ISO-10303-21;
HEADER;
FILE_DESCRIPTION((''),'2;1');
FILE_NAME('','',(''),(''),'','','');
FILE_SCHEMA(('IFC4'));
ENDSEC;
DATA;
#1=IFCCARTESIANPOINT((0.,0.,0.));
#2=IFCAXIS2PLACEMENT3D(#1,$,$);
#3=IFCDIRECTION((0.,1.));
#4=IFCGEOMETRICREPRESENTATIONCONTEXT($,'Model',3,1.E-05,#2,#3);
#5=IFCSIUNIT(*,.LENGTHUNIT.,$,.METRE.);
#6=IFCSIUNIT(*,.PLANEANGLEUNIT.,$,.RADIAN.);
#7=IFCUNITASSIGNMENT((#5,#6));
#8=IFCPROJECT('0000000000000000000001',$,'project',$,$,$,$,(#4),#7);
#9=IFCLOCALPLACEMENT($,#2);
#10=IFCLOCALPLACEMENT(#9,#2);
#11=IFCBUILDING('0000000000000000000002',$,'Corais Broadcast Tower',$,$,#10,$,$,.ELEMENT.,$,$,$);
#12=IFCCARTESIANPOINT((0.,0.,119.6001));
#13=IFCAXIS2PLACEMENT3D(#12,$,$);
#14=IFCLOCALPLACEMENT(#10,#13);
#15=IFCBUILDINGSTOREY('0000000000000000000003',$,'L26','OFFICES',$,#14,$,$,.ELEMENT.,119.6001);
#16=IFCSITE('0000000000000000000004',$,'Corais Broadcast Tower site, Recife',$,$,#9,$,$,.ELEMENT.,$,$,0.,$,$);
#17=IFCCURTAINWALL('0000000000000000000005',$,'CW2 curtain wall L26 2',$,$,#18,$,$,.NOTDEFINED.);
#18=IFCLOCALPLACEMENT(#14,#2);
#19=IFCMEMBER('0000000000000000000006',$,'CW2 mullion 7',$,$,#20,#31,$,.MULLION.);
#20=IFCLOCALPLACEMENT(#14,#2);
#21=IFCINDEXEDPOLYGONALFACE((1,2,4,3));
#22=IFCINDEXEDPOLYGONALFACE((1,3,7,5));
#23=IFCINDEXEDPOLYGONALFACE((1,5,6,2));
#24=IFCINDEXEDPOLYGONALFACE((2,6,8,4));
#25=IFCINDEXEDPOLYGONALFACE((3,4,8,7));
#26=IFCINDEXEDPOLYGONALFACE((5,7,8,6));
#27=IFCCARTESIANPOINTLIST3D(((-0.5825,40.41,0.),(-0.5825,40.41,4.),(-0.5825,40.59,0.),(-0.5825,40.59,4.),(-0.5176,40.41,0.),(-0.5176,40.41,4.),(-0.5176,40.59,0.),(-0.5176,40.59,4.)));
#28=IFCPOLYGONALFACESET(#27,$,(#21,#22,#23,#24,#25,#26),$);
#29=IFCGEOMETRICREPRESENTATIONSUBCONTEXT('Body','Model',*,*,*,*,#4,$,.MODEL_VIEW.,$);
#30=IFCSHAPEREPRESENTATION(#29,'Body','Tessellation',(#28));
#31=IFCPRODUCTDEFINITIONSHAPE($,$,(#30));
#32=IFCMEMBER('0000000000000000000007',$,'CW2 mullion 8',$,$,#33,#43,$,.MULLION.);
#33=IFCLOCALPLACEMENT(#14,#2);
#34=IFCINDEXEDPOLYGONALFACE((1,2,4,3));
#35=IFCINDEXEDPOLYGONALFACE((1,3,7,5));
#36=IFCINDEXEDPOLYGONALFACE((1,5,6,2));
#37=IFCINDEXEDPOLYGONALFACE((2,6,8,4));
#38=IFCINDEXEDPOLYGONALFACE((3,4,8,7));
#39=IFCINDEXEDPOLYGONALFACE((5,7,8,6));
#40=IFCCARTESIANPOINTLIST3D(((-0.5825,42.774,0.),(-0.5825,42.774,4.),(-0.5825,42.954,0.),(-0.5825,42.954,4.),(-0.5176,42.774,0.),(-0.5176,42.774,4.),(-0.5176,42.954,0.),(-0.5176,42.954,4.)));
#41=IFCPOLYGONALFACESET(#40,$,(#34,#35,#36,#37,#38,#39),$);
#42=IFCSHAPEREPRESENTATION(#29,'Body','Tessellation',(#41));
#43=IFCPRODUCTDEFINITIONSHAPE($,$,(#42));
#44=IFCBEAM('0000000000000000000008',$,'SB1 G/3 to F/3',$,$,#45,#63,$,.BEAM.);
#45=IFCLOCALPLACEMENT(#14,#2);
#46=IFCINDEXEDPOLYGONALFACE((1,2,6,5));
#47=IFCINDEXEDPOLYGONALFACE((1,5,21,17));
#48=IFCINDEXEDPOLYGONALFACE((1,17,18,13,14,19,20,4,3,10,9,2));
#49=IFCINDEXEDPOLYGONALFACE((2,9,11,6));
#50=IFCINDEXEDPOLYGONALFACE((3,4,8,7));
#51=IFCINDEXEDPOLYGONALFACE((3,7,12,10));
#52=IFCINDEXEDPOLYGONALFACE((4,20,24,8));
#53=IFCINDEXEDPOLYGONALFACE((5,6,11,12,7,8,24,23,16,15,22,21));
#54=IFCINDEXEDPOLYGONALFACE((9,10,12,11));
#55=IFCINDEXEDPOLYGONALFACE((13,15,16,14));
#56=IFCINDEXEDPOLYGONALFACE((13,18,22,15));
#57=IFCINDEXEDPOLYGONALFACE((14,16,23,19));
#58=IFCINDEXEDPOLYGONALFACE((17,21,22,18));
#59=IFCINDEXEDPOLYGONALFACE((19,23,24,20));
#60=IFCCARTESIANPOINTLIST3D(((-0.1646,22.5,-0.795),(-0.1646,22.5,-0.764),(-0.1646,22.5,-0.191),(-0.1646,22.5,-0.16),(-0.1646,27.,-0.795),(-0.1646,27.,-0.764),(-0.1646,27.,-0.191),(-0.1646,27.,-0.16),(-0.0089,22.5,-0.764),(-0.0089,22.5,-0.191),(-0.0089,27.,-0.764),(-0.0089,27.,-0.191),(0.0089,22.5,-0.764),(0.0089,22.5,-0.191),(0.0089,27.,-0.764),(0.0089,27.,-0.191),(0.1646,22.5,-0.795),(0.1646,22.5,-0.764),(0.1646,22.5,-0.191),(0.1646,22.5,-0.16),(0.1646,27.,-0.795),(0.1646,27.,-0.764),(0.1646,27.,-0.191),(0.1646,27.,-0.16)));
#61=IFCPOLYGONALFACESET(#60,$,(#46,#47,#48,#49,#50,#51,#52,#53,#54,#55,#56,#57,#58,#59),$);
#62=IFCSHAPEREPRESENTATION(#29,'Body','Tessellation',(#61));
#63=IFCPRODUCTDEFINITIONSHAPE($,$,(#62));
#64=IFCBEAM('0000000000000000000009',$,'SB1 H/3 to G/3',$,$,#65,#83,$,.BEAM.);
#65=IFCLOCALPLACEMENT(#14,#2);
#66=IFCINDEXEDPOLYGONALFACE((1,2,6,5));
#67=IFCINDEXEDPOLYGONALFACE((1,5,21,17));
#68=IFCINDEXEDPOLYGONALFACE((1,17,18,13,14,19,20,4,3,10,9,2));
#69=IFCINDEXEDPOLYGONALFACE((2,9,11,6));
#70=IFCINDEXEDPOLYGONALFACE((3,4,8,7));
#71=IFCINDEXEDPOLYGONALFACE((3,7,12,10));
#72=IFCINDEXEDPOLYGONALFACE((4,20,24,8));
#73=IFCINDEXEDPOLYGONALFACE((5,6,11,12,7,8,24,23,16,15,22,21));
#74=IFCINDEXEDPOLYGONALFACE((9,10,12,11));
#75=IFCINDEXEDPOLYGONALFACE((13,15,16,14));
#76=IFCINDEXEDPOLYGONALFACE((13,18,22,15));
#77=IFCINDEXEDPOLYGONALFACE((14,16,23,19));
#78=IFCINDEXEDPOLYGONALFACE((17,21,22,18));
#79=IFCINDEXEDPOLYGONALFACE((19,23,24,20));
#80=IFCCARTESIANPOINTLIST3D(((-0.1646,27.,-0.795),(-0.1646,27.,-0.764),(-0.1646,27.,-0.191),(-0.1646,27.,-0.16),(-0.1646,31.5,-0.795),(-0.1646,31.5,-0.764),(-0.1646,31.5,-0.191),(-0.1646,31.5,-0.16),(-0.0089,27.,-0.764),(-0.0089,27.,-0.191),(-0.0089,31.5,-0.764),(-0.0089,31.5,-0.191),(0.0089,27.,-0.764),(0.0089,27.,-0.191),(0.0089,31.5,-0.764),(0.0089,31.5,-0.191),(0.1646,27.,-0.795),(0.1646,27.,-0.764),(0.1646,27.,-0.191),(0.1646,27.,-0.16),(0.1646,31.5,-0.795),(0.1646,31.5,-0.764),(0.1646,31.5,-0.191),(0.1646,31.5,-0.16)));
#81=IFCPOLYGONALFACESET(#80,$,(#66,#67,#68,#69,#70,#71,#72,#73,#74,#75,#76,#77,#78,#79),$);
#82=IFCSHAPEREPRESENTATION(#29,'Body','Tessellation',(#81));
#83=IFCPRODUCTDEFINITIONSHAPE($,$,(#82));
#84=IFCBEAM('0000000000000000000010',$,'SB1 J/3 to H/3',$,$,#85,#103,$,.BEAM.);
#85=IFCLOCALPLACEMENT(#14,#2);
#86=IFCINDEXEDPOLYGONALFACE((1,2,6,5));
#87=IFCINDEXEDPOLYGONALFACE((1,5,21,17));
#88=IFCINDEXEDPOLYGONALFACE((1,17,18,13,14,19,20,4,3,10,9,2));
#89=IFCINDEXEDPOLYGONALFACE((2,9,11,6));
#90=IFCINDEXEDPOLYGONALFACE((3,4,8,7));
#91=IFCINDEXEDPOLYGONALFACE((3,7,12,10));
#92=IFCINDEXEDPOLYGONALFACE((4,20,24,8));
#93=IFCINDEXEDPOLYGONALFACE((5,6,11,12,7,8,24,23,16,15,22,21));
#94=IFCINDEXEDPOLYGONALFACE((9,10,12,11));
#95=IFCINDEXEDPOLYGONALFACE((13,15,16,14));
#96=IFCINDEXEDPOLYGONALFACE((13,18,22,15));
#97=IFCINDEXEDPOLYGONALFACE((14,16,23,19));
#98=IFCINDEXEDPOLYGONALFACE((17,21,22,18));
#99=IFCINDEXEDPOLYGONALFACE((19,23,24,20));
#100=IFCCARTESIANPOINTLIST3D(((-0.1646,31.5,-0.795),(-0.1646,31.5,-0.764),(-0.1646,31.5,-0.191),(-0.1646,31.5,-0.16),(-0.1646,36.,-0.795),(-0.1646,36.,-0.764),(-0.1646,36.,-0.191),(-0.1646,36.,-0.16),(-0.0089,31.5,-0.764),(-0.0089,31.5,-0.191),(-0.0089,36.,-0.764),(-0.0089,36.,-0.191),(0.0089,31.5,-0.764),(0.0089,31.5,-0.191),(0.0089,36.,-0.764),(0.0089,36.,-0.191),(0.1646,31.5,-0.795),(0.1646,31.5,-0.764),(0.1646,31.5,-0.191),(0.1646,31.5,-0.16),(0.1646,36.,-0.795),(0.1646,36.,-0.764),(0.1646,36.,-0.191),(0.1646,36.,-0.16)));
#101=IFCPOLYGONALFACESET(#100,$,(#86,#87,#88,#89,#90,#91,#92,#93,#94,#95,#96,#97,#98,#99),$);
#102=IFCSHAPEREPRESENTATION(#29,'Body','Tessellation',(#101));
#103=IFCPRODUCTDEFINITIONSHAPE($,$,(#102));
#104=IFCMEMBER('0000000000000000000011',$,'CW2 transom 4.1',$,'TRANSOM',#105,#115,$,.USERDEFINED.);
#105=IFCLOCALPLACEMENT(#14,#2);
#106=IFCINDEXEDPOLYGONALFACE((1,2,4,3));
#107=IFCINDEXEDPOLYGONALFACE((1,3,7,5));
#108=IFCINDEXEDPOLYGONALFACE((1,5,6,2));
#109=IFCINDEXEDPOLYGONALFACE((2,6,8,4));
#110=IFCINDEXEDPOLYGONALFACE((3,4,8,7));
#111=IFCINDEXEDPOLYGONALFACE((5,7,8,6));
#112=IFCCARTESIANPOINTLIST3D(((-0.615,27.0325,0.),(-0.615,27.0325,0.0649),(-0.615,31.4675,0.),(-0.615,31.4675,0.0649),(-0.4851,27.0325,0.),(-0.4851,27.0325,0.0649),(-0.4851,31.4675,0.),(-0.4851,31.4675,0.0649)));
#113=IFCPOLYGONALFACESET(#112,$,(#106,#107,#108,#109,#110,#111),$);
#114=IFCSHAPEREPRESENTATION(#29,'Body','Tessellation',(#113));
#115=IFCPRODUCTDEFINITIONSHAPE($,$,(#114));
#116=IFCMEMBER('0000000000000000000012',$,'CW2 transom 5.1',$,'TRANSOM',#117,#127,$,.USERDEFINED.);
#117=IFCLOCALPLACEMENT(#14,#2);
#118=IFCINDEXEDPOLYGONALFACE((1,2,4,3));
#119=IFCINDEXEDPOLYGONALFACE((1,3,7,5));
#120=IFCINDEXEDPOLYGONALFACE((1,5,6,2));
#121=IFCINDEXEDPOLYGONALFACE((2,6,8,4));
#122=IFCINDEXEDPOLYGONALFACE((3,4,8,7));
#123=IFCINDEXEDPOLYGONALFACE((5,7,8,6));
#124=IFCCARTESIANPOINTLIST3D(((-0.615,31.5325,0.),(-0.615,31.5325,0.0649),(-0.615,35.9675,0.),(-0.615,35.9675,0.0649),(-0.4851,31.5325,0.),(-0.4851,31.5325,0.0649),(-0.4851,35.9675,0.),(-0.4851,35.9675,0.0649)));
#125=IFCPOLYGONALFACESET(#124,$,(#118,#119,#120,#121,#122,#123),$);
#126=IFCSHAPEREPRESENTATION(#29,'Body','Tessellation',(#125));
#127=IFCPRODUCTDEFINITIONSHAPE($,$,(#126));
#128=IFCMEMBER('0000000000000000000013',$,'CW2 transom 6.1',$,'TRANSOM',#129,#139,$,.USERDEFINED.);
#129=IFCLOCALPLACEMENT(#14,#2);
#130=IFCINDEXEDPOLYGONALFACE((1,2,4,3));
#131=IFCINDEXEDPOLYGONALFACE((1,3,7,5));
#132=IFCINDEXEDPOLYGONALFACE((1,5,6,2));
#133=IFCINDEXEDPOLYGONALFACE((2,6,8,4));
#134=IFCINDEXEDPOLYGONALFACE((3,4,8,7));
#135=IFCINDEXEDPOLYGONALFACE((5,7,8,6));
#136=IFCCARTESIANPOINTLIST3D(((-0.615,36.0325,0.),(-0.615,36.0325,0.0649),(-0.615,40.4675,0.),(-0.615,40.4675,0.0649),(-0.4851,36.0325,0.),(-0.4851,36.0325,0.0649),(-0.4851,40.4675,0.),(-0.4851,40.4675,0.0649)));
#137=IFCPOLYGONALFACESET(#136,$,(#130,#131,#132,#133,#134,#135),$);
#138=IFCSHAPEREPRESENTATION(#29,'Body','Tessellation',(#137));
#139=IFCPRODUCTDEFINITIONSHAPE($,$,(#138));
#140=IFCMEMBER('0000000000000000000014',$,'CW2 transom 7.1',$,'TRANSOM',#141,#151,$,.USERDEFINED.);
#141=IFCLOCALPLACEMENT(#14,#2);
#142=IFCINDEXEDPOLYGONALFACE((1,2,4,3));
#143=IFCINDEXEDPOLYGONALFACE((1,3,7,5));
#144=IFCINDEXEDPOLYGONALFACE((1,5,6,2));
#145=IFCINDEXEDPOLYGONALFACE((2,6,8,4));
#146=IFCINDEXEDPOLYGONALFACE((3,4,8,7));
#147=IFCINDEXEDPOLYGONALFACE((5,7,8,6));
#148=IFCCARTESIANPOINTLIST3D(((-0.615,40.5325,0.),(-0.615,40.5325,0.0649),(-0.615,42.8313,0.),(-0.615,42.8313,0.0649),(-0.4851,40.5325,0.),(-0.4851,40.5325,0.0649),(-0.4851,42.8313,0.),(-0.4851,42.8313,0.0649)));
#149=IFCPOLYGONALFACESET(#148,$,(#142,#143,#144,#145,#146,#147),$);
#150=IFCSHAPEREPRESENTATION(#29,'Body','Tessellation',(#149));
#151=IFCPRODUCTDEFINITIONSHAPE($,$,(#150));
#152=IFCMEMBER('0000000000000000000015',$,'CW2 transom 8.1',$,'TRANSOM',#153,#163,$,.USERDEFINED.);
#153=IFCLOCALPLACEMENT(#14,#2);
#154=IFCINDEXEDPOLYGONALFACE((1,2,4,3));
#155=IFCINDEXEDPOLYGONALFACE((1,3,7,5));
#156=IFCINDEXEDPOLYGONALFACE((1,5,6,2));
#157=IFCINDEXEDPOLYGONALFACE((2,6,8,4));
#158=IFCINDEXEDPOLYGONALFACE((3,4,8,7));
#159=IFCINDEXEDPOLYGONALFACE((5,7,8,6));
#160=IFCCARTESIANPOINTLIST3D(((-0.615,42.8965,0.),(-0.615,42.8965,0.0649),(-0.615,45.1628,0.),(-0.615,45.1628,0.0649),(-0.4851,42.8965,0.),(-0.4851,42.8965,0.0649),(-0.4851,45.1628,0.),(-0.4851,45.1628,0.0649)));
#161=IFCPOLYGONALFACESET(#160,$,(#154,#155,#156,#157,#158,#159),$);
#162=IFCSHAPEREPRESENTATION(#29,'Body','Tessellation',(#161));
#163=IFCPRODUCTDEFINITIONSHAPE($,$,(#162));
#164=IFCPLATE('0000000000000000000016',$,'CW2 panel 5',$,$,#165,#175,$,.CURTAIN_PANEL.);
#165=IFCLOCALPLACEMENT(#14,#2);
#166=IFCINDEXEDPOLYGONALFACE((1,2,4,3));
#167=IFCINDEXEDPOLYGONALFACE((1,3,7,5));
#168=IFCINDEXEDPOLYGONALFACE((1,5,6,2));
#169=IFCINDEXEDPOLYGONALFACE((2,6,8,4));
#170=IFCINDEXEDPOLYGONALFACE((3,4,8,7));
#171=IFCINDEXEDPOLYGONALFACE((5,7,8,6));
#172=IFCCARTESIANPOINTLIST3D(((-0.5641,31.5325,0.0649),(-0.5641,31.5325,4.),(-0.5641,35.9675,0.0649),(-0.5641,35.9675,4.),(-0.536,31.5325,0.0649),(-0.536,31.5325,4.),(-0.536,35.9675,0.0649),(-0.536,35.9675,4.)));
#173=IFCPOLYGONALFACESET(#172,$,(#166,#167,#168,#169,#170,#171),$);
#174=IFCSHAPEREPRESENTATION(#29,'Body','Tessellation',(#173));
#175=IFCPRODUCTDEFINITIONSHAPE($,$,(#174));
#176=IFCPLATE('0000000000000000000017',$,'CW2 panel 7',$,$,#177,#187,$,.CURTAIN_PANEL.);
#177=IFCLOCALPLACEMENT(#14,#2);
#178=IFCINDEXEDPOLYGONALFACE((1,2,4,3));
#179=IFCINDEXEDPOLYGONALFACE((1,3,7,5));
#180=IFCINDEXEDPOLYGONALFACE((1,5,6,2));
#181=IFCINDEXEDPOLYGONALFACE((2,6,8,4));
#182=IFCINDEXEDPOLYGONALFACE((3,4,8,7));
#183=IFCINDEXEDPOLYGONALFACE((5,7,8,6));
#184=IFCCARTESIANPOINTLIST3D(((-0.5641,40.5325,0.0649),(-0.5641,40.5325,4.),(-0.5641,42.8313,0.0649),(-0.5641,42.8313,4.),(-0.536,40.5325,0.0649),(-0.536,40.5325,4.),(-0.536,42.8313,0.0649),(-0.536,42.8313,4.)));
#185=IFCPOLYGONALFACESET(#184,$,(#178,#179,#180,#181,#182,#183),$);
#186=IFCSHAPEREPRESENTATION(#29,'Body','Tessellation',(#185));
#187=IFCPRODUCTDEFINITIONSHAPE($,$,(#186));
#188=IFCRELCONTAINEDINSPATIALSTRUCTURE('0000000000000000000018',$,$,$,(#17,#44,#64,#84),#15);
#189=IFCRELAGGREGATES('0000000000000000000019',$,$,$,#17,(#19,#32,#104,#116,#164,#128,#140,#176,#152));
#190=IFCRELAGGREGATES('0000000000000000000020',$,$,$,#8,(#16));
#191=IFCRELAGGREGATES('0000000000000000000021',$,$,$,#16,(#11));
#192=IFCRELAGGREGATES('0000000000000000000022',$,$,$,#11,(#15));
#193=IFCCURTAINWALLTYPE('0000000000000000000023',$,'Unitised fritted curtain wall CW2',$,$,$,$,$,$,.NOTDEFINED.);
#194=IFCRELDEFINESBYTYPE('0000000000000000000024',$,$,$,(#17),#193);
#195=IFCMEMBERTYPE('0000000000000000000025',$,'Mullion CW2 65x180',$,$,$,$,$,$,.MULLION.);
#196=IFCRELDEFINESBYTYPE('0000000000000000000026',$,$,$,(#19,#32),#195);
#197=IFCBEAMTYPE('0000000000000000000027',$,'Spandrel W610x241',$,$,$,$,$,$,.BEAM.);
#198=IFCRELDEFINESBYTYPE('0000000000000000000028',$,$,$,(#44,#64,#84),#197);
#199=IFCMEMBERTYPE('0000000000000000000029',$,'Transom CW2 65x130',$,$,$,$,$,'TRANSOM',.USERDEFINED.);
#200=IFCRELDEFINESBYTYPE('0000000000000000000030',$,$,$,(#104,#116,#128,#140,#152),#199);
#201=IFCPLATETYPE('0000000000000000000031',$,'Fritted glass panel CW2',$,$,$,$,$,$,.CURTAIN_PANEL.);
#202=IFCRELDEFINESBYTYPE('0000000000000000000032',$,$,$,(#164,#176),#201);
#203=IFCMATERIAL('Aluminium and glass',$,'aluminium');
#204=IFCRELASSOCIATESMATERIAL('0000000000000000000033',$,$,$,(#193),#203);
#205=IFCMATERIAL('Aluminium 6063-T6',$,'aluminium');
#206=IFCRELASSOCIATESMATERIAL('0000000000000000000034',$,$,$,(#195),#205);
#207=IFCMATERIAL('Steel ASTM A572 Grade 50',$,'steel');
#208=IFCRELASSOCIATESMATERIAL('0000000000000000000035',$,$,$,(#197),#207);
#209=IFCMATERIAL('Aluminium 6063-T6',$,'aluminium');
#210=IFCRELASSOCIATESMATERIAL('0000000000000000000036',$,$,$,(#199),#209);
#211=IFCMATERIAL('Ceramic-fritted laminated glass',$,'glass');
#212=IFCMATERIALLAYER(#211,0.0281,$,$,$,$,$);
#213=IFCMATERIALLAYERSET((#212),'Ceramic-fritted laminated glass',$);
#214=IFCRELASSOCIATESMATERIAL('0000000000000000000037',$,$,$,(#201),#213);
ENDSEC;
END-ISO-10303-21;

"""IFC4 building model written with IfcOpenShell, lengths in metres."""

from ifc_helpers import new_model, si_unit, direction, frame, origin, origin_2d, place, context, subcontext, project, spatial, rectangle, i_section, extrude, material, layer, layer_set, material_profile, profile_set, type_object, element, aggregate, save


model = new_model("IFC4")

# Units and contexts
model_context = context("Model", 3, precision=1e-05, world=origin(), true_north=direction((0.0, 1.0)))
body_context = subcontext(model_context, "Body", "Model", "MODEL_VIEW")
ifc_project = project(units=[si_unit("LENGTHUNIT", "METRE"), si_unit("PLANEANGLEUNIT", "RADIAN")], contexts=[model_context])

# Site, building, storey
site_placement = place(None, origin())
site = spatial("IfcSite", under=ifc_project, at=site_placement, Name="Corais Broadcast Tower site, Recife", CompositionType="ELEMENT", RefElevation=0.0)
building_placement = place(site_placement, origin())
building = spatial("IfcBuilding", under=site, at=building_placement, Name="Corais Broadcast Tower", CompositionType="ELEMENT")
storey_placement = place(building_placement, frame((0.0, 0.0, 119.6001)))
storey = spatial("IfcBuildingStorey", under=building, at=storey_placement, Name="L26", Description="OFFICES", CompositionType="ELEMENT", Elevation=119.6001)

# Curtain wall, members
ifc_material_1 = material(Name="Aluminium and glass", Category="aluminium")
curtain_wall_type = type_object("IfcCurtainWallType", Name="Unitised fritted curtain wall CW2", PredefinedType="NOTDEFINED", material=ifc_material_1)
curtain_wall_placement = place(storey_placement, origin())
curtain_wall = element("IfcCurtainWall", 1, at=curtain_wall_placement, inside=storey, type_object=curtain_wall_type, Name="CW2 curtain wall L26 2", PredefinedType="NOTDEFINED")
ifc_material_2 = material(Name="Aluminium 6063-T6", Category="aluminium")
ifc_material_profile_1 = material_profile(ifc_material_2, rectangle(XDim=0.0649, YDim=0.1799, at=origin_2d()), Name="Mullion CW2 65x180")
ifc_profile_set_1 = profile_set([ifc_material_profile_1], Name="Aluminium 6063-T6")
member_type_1 = type_object("IfcMemberType", Name="Mullion CW2 65x180", PredefinedType="MULLION", material=ifc_profile_set_1)
member_1_placement = place(storey_placement, frame((-0.55, 40.5, 0.0), z_axis=(0.0, 0.0, 1.0), x_axis=(-1.0, 0.0, 0.0)))
member_1 = element("IfcMember", 2, at=member_1_placement, type_object=member_type_1, Name="CW2 mullion 7", PredefinedType="MULLION", context=body_context, shape_type="SweptSolid", body=[
    extrude(rectangle(XDim=0.0649, YDim=0.1799, at=origin_2d()), origin(), (0.0, 0.0, 1.0), 4.0),
])
member_2_placement = place(storey_placement, frame((-0.55, 42.864, 0.0), z_axis=(0.0, 0.0, 1.0), x_axis=(-1.0, 0.0, 0.0)))
member_2 = element("IfcMember", 3, at=member_2_placement, type_object=member_type_1, Name="CW2 mullion 8", PredefinedType="MULLION", context=body_context, shape_type="SweptSolid", body=[
    extrude(rectangle(XDim=0.0649, YDim=0.1799, at=origin_2d()), origin(), (0.0, 0.0, 1.0), 4.0),
])

# Beams
ifc_material_3 = material(Name="Steel ASTM A572 Grade 50", Category="steel")
ifc_material_profile_2 = material_profile(ifc_material_3, i_section(OverallWidth=0.3291, OverallDepth=0.635, WebThickness=0.0178, FlangeThickness=0.031, at=origin_2d()), Name="W610x241")
ifc_profile_set_2 = profile_set([ifc_material_profile_2], Name="Steel ASTM A572 Grade 50")
beam_type_1 = type_object("IfcBeamType", Name="Spandrel W610x241", PredefinedType="BEAM", material=ifc_profile_set_2)
for number, where, z_axis, x_axis, name in (
    (4, (0.0, 27.0, -0.4775), (0.0, -1.0, 0.0), (1.0, 0.0, 0.0), "SB1 G/3 to F/3"),
    (5, (0.0, 31.5, -0.4775), (0.0, -1.0, 0.0), (1.0, 0.0, 0.0), "SB1 H/3 to G/3"),
    (6, (0.0, 36.0, -0.4775), (0.0, -1.0, 0.0), (1.0, 0.0, 0.0), "SB1 J/3 to H/3"),
):
    element("IfcBeam", number, at=place(storey_placement, frame(where, z_axis=z_axis, x_axis=x_axis)), inside=storey, type_object=beam_type_1, Name=name, PredefinedType="BEAM", context=body_context, shape_type="SweptSolid", body=[
        extrude(i_section(OverallWidth=0.3291, OverallDepth=0.635, WebThickness=0.0178, FlangeThickness=0.031, at=origin_2d()), origin(), (0.0, 0.0, 1.0), 4.5),
    ])

# Members
ifc_material_4 = material(Name="Aluminium 6063-T6", Category="aluminium")
ifc_material_profile_3 = material_profile(ifc_material_4, rectangle(XDim=0.1299, YDim=0.0649, at=origin_2d()), Name="Transom CW2 65x130")
ifc_profile_set_3 = profile_set([ifc_material_profile_3], Name="Aluminium 6063-T6")
member_type_2 = type_object("IfcMemberType", Name="Transom CW2 65x130", ElementType="TRANSOM", PredefinedType="USERDEFINED", material=ifc_profile_set_3)
member_3_placement = place(storey_placement, frame((-0.55, 27.0325, 0.0325), z_axis=(0.0, 1.0, 0.0), x_axis=(-1.0, 0.0, 0.0)))
member_3 = element("IfcMember", 7, at=member_3_placement, type_object=member_type_2, Name="CW2 transom 4.1", ObjectType="TRANSOM", PredefinedType="USERDEFINED", context=body_context, shape_type="SweptSolid", body=[
    extrude(rectangle(XDim=0.1299, YDim=0.0649, at=origin_2d()), origin(), (0.0, 0.0, 1.0), 4.4351),
])
member_4_placement = place(storey_placement, frame((-0.55, 31.5325, 0.0325), z_axis=(0.0, 1.0, 0.0), x_axis=(-1.0, 0.0, 0.0)))
member_4 = element("IfcMember", 8, at=member_4_placement, type_object=member_type_2, Name="CW2 transom 5.1", ObjectType="TRANSOM", PredefinedType="USERDEFINED", context=body_context, shape_type="SweptSolid", body=[
    extrude(rectangle(XDim=0.1299, YDim=0.0649, at=origin_2d()), origin(), (0.0, 0.0, 1.0), 4.4351),
])
member_5_placement = place(storey_placement, frame((-0.55, 36.0325, 0.0325), z_axis=(0.0, 1.0, 0.0), x_axis=(-1.0, 0.0, 0.0)))
member_5 = element("IfcMember", 9, at=member_5_placement, type_object=member_type_2, Name="CW2 transom 6.1", ObjectType="TRANSOM", PredefinedType="USERDEFINED", context=body_context, shape_type="SweptSolid", body=[
    extrude(rectangle(XDim=0.1299, YDim=0.0649, at=origin_2d()), origin(), (0.0, 0.0, 1.0), 4.4351),
])
member_6_placement = place(storey_placement, frame((-0.55, 40.5325, 0.0325), z_axis=(0.0, 1.0, 0.0), x_axis=(-1.0, 0.0, 0.0)))
member_6 = element("IfcMember", 10, at=member_6_placement, type_object=member_type_2, Name="CW2 transom 7.1", ObjectType="TRANSOM", PredefinedType="USERDEFINED", context=body_context, shape_type="SweptSolid", body=[
    extrude(rectangle(XDim=0.1299, YDim=0.0649, at=origin_2d()), origin(), (0.0, 0.0, 1.0), 2.2988),
])
member_7_placement = place(storey_placement, frame((-0.55, 42.8965, 0.0325), z_axis=(0.0, 1.0, 0.0), x_axis=(-1.0, 0.0, 0.0)))
member_7 = element("IfcMember", 11, at=member_7_placement, type_object=member_type_2, Name="CW2 transom 8.1", ObjectType="TRANSOM", PredefinedType="USERDEFINED", context=body_context, shape_type="SweptSolid", body=[
    extrude(rectangle(XDim=0.1299, YDim=0.0649, at=origin_2d()), origin(), (0.0, 0.0, 1.0), 2.2664),
])

# Plates
ifc_material_5 = material(Name="Ceramic-fritted laminated glass", Category="glass")
ifc_layer_1 = layer(ifc_material_5, 0.0281)
ifc_layer_set_1 = layer_set([ifc_layer_1], Name="Ceramic-fritted laminated glass")
plate_type_1 = type_object("IfcPlateType", Name="Fritted glass panel CW2", PredefinedType="CURTAIN_PANEL", material=ifc_layer_set_1)
plate_1_placement = place(storey_placement, frame((-0.55, 33.75, 0.0649), z_axis=(0.0, 0.0, 1.0), x_axis=(0.0, 1.0, 0.0)))
plate_1 = element("IfcPlate", 12, at=plate_1_placement, type_object=plate_type_1, Name="CW2 panel 5", PredefinedType="CURTAIN_PANEL", context=body_context, shape_type="SweptSolid", body=[
    extrude(rectangle(XDim=4.4351, YDim=0.0281, at=origin_2d()), origin(), (0.0, 0.0, 1.0), 3.9351),
])
plate_2_placement = place(storey_placement, frame((-0.55, 41.6819, 0.0649), z_axis=(0.0, 0.0, 1.0), x_axis=(0.0, 1.0, 0.0)))
plate_2 = element("IfcPlate", 13, at=plate_2_placement, type_object=plate_type_1, Name="CW2 panel 7", PredefinedType="CURTAIN_PANEL", context=body_context, shape_type="SweptSolid", body=[
    extrude(rectangle(XDim=2.2988, YDim=0.0281, at=origin_2d()), origin(), (0.0, 0.0, 1.0), 3.9351),
])
aggregate(curtain_wall, [member_1, member_2, member_3, member_4, plate_1, member_5, member_6, plate_2, member_7])

save(model, "model.ifc")
